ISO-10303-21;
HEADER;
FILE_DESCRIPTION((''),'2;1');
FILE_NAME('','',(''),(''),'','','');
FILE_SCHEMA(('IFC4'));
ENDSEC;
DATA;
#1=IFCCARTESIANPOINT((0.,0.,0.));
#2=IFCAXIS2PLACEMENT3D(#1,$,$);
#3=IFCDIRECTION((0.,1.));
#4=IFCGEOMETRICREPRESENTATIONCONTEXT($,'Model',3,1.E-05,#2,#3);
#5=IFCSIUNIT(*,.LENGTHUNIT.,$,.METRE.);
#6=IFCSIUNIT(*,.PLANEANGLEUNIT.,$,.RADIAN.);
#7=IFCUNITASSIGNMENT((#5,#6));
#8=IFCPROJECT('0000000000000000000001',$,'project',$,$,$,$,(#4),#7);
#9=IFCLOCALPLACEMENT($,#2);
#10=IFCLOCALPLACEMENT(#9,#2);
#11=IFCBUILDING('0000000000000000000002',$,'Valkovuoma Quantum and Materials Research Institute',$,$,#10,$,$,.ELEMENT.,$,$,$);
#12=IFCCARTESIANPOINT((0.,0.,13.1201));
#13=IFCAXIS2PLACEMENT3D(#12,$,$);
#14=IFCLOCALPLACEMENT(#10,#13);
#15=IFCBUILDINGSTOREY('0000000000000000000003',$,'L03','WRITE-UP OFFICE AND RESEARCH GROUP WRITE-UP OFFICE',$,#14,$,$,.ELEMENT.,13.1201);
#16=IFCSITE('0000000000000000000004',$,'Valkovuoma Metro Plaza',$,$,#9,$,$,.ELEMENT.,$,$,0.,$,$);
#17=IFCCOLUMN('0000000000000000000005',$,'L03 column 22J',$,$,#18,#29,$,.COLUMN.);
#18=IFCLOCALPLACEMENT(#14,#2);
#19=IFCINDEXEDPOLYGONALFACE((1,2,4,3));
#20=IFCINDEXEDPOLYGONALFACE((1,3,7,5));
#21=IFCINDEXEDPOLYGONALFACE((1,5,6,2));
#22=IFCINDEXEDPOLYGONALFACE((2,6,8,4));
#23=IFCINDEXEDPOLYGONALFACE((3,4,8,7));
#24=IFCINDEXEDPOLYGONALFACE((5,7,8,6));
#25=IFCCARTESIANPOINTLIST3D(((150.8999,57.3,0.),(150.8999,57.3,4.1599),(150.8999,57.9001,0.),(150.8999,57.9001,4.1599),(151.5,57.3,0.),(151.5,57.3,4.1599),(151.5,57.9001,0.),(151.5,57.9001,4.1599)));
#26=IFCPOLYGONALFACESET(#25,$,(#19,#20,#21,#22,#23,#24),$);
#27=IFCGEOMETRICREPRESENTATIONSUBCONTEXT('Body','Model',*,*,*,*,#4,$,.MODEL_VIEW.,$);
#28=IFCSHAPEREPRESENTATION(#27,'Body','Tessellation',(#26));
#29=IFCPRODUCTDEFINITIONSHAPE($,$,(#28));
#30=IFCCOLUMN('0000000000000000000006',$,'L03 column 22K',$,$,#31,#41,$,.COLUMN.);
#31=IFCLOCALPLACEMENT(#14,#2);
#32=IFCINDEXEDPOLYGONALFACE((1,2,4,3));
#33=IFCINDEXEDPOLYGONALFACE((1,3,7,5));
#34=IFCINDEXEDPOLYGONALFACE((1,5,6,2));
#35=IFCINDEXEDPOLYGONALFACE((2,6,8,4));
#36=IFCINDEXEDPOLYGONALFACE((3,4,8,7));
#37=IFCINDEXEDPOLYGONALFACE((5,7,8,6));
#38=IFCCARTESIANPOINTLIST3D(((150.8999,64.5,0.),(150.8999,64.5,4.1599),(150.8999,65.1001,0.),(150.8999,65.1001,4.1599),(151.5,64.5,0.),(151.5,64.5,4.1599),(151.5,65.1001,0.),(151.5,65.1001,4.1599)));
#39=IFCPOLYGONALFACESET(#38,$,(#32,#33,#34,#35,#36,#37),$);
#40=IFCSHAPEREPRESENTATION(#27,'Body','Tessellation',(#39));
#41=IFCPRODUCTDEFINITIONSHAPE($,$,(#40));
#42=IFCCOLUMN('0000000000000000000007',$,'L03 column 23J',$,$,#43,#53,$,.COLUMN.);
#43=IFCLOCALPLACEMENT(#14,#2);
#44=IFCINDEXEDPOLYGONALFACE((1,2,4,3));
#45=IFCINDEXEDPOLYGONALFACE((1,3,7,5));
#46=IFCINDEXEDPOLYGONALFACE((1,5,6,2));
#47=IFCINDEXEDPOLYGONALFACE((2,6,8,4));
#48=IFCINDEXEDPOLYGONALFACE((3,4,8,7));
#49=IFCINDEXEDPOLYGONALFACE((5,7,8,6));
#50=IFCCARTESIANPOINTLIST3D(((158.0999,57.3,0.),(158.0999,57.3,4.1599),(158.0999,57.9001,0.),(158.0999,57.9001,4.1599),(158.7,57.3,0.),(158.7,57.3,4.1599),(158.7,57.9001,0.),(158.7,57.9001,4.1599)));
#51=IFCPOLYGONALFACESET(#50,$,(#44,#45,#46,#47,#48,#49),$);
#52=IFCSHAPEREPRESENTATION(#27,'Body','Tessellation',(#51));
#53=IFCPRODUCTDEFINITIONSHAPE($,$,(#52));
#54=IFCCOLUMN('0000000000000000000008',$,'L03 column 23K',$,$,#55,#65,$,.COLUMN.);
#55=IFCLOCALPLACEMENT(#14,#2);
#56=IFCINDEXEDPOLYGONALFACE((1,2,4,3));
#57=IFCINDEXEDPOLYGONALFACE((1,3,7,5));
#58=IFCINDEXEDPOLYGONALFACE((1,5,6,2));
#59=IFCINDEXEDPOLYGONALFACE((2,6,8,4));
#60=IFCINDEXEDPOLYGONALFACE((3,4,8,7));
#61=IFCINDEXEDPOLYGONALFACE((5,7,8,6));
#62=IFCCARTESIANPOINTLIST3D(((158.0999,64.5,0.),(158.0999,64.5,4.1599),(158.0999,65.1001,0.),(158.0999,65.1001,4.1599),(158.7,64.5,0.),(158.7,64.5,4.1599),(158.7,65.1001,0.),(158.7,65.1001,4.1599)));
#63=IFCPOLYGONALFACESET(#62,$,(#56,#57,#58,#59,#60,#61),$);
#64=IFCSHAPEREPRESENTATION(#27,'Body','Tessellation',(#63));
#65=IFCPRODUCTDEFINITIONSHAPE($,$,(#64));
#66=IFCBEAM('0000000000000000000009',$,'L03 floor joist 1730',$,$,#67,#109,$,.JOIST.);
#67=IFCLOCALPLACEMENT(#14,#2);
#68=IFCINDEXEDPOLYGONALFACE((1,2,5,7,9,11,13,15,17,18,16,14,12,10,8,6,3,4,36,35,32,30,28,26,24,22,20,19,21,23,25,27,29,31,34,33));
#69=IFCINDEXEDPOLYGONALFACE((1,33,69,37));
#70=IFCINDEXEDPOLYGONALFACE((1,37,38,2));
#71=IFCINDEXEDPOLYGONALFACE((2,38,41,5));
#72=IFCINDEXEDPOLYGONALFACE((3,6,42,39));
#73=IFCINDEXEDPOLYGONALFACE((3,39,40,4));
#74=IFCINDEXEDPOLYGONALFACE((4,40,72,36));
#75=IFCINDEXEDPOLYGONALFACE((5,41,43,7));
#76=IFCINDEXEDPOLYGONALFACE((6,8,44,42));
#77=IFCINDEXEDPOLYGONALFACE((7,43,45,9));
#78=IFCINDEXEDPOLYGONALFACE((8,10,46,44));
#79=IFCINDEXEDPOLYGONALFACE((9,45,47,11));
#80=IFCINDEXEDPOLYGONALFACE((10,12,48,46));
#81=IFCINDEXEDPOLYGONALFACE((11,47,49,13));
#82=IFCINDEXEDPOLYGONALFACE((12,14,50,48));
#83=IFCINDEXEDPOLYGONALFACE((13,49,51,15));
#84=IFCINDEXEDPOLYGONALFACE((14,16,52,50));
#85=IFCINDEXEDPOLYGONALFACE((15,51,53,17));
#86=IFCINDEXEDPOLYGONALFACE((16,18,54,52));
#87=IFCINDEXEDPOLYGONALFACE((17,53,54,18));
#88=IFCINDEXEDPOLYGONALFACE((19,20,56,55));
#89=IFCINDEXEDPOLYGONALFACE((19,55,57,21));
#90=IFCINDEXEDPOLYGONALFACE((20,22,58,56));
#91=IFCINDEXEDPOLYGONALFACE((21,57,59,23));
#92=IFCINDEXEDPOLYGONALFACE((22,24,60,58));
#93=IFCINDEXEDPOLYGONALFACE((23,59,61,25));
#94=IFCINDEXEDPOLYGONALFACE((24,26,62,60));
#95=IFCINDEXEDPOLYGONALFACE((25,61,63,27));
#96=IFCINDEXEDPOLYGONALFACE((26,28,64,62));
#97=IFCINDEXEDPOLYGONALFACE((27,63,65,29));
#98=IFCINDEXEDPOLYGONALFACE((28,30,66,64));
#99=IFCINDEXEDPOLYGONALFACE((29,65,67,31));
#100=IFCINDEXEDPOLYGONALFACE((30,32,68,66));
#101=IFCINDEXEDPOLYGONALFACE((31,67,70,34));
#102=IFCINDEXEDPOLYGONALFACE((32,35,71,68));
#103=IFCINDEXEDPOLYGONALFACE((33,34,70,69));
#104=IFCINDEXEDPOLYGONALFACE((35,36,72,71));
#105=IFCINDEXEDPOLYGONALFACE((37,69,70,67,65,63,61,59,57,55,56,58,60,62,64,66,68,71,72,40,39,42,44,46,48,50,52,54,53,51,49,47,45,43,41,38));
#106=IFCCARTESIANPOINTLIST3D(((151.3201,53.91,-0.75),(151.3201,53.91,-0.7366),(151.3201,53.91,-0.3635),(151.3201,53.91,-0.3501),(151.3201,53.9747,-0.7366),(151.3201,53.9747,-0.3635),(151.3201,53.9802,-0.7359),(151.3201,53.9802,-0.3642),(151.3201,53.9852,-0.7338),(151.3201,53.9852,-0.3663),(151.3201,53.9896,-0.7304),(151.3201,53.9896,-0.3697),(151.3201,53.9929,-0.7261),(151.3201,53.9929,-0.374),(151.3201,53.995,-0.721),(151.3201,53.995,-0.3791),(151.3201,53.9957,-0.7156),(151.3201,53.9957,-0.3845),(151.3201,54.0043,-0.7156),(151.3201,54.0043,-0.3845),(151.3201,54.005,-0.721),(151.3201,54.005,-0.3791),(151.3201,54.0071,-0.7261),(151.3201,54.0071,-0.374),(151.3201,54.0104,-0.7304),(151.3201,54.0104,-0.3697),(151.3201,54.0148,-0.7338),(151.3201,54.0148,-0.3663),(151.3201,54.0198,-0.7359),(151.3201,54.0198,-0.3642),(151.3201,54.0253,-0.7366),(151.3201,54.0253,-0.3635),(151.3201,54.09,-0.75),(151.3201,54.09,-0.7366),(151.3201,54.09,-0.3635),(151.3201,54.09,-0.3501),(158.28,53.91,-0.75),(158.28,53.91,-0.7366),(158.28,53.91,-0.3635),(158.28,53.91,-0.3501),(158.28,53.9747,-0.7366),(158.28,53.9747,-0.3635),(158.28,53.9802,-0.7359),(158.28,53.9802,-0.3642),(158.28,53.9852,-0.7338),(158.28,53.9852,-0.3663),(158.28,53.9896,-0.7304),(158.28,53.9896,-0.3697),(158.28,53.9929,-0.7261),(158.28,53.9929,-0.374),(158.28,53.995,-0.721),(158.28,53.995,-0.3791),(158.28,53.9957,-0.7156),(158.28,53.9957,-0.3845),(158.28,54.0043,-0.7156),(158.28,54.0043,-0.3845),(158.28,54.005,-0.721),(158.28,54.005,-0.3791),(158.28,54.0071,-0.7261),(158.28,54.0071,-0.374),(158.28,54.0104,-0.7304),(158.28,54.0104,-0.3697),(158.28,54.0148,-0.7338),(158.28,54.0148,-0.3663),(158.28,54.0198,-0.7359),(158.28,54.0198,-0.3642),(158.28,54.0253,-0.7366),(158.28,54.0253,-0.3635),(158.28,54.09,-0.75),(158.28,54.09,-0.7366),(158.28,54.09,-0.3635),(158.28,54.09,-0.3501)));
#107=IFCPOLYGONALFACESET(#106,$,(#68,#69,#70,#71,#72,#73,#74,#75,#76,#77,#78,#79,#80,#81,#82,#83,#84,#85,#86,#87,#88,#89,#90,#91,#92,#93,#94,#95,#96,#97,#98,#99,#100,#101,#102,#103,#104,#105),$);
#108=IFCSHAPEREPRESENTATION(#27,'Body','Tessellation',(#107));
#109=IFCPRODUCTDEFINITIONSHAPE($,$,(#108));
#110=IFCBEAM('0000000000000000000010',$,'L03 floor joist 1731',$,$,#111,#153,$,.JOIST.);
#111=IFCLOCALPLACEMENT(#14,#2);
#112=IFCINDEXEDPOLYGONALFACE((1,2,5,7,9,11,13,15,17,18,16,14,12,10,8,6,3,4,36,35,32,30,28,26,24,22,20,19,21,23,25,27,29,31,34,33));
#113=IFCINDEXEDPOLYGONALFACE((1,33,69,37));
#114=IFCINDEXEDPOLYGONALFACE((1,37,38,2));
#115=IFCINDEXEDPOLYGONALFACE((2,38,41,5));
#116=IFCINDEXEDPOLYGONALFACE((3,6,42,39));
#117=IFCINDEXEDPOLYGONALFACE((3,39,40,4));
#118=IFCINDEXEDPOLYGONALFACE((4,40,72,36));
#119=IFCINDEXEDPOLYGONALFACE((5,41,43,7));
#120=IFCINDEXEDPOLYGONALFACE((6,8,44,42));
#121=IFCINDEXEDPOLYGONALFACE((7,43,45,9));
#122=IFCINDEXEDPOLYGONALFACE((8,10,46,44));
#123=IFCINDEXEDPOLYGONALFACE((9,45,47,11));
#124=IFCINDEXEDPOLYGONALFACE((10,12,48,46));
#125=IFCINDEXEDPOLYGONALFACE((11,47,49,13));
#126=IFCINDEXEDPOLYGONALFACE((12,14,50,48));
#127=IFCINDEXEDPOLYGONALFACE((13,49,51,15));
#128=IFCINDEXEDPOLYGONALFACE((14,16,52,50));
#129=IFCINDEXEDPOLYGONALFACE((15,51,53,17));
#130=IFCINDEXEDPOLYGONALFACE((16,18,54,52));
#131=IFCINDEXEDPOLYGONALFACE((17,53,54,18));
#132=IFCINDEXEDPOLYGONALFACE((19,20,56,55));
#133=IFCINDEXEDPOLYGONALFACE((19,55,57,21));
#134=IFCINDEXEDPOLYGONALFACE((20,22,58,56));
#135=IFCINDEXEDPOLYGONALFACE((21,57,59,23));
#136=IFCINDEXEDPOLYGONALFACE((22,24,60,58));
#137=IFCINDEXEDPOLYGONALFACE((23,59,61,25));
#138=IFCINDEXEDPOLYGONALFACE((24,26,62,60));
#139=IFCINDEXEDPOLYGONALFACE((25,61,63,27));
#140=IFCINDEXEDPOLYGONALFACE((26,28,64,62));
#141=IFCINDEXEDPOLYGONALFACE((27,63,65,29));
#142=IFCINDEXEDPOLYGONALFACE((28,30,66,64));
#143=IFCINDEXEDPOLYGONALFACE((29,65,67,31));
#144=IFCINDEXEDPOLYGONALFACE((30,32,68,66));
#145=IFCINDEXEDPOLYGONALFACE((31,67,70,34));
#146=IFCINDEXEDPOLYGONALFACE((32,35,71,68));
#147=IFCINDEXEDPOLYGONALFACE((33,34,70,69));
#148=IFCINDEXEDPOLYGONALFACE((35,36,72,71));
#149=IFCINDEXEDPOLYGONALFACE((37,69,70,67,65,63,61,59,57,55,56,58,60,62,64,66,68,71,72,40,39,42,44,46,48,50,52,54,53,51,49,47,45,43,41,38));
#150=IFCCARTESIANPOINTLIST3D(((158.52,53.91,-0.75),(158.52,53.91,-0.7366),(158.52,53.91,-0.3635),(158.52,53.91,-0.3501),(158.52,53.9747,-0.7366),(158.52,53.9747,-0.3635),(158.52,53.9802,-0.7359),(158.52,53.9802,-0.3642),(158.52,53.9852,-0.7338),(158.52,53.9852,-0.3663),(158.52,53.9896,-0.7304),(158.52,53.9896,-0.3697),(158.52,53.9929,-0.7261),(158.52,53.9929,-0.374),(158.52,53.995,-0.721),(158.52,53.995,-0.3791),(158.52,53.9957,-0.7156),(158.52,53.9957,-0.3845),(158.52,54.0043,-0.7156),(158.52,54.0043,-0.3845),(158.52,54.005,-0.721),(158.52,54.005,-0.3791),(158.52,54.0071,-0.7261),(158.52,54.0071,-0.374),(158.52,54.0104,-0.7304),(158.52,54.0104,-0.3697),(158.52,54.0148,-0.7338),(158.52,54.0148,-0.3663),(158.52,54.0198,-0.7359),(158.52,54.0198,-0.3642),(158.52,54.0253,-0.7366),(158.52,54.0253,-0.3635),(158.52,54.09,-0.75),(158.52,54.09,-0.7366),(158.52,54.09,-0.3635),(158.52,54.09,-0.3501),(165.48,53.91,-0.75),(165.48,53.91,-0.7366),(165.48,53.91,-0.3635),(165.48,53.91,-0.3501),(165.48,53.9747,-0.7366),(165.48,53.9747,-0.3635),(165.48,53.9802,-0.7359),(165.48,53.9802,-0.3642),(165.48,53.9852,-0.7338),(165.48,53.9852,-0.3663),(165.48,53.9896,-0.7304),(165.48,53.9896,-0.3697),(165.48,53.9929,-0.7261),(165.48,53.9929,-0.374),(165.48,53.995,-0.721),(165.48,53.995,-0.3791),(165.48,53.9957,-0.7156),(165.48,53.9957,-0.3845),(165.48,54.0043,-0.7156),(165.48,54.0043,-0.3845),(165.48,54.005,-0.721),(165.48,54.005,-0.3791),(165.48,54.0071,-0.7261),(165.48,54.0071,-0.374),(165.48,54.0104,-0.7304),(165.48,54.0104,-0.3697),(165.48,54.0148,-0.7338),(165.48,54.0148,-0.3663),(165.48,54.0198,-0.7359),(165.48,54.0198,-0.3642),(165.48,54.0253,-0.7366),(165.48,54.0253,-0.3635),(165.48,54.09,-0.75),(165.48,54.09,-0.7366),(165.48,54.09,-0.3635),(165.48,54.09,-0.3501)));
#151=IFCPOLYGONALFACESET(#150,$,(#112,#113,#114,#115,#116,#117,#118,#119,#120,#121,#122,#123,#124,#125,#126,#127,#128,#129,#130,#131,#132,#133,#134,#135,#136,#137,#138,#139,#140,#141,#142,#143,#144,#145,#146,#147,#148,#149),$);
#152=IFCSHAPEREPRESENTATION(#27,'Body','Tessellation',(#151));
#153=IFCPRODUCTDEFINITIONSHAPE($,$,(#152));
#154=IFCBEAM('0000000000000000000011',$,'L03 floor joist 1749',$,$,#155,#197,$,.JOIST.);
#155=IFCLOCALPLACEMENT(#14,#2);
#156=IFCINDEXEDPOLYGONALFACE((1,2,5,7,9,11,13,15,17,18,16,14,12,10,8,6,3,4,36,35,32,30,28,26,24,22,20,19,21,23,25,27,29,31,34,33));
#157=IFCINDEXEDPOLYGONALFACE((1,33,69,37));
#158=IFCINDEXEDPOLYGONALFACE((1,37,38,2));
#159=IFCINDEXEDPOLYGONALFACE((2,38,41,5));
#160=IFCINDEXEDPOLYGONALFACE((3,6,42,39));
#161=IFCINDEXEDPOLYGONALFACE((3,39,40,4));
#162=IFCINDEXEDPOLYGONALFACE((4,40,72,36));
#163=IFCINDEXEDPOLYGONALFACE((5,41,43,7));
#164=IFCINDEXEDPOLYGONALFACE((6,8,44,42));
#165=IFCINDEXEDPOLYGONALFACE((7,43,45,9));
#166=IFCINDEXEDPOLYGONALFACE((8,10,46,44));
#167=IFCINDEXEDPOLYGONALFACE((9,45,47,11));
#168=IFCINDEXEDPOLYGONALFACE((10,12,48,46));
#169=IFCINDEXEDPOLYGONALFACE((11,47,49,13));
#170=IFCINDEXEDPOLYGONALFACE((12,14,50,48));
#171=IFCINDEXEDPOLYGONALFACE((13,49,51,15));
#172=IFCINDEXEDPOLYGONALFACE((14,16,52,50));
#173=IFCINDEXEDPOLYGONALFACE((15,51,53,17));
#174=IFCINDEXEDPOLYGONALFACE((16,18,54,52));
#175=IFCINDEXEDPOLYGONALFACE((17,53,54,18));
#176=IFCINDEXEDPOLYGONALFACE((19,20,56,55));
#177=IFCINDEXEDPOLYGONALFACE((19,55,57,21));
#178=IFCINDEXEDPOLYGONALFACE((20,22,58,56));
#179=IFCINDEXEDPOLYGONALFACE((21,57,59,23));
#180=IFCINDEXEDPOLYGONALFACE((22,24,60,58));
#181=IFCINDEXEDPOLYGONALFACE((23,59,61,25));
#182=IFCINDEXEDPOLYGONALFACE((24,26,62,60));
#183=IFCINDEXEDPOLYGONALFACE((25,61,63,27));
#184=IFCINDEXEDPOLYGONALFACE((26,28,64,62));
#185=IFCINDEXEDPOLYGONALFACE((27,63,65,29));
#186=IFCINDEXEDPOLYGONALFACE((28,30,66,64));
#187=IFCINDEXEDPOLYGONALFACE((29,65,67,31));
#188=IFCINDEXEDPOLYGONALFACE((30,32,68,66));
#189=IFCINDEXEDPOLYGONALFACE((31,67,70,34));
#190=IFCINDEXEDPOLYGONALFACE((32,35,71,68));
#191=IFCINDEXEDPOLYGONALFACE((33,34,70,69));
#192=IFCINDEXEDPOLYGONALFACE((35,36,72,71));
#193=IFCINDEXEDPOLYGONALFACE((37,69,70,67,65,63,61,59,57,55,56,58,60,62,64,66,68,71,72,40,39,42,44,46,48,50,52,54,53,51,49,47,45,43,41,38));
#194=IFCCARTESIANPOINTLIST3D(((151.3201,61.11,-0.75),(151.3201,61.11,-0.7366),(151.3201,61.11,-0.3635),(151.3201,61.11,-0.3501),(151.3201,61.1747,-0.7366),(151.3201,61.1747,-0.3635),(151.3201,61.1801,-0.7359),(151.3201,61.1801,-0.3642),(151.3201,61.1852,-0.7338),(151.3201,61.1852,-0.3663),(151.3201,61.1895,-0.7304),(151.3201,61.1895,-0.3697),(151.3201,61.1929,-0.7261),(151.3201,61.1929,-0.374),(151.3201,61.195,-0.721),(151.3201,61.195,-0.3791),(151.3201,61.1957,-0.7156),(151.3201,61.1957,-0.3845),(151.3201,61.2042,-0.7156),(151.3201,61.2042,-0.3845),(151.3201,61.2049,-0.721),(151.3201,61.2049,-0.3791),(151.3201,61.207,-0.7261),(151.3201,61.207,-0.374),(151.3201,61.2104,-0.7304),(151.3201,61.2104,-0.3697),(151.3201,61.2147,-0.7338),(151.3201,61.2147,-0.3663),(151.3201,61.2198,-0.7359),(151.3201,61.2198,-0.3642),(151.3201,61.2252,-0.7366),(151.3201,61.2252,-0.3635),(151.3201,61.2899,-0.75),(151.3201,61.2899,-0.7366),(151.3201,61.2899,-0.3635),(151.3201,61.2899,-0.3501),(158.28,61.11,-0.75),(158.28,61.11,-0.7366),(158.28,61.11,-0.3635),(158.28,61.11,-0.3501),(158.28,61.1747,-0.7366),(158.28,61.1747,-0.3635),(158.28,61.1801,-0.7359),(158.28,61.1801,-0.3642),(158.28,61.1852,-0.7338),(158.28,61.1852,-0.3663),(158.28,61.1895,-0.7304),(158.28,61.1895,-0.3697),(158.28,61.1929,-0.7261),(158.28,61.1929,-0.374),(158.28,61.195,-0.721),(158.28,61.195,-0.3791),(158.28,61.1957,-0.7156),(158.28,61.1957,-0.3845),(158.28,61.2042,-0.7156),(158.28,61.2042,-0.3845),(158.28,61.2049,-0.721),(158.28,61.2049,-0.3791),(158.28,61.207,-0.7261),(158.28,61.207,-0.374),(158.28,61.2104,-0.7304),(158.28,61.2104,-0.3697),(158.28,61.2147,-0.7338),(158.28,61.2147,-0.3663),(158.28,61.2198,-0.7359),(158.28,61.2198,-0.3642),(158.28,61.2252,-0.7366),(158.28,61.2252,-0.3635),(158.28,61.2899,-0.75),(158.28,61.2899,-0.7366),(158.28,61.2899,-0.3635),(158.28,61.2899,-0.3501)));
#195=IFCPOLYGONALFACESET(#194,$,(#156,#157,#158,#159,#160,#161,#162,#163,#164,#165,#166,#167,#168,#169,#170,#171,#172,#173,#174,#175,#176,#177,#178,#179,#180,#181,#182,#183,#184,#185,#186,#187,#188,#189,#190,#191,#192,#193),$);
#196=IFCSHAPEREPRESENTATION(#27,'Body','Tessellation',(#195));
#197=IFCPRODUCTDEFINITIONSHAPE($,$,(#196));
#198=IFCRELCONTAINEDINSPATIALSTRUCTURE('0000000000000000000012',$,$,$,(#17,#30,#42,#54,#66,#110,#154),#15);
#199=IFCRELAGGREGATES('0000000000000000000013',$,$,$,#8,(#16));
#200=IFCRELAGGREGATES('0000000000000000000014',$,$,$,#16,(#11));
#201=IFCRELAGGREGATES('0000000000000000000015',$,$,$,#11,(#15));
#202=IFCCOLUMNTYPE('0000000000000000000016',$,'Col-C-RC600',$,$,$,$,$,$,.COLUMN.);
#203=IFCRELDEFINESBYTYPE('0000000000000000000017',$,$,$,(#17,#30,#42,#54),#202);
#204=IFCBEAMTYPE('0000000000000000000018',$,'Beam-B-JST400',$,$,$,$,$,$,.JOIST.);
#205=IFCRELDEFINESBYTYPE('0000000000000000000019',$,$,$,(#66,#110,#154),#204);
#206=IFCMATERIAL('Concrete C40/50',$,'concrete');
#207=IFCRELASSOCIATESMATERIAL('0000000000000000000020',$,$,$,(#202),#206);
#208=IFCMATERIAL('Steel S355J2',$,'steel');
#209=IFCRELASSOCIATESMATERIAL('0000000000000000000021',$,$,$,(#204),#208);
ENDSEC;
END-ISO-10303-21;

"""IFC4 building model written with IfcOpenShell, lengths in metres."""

from ifc_helpers import new_model, si_unit, direction, frame, origin, origin_2d, place, context, subcontext, project, spatial, rectangle, i_section, extrude, material, material_profile, profile_set, type_object, element, save


model = new_model("IFC4")

# Units and contexts
model_context = context("Model", 3, precision=1e-05, world=origin(), true_north=direction((0.0, 1.0)))
body_context = subcontext(model_context, "Body", "Model", "MODEL_VIEW")
ifc_project = project(units=[si_unit("LENGTHUNIT", "METRE"), si_unit("PLANEANGLEUNIT", "RADIAN")], contexts=[model_context])

# Site, building, storey
site_placement = place(None, origin())
site = spatial("IfcSite", under=ifc_project, at=site_placement, Name="Valkovuoma Metro Plaza", CompositionType="ELEMENT", RefElevation=0.0)
building_placement = place(site_placement, origin())
building = spatial("IfcBuilding", under=site, at=building_placement, Name="Valkovuoma Quantum and Materials Research Institute", CompositionType="ELEMENT")
storey_placement = place(building_placement, frame((0.0, 0.0, 13.1201)))
storey = spatial("IfcBuildingStorey", under=building, at=storey_placement, Name="L03", Description="WRITE-UP OFFICE AND RESEARCH GROUP WRITE-UP OFFICE", CompositionType="ELEMENT", Elevation=13.1201)

# Columns
ifc_material_1 = material(Name="Concrete C40/50", Category="concrete")
ifc_material_profile_1 = material_profile(ifc_material_1, rectangle(XDim=0.6001, YDim=0.6001, at=origin_2d()), Name="Concrete C40/50")
ifc_profile_set_1 = profile_set([ifc_material_profile_1], Name="Concrete C40/50")
column_type = type_object("IfcColumnType", Name="Col-C-RC600", PredefinedType="COLUMN", material=ifc_profile_set_1)
for number, where, z_axis, x_axis, name in (
    (1, (151.2, 57.6001, 0.0), (0.0, 0.0, 1.0), (1.0, 0.0, 0.0), "L03 column 22J"),
    (2, (151.2, 64.8, 0.0), (0.0, 0.0, 1.0), (1.0, 0.0, 0.0), "L03 column 22K"),
    (3, (158.3999, 57.6001, 0.0), (0.0, 0.0, 1.0), (1.0, 0.0, 0.0), "L03 column 23J"),
    (4, (158.3999, 64.8, 0.0), (0.0, 0.0, 1.0), (1.0, 0.0, 0.0), "L03 column 23K"),
):
    element("IfcColumn", number, at=place(storey_placement, frame(where, z_axis=z_axis, x_axis=x_axis)), inside=storey, type_object=column_type, Name=name, PredefinedType="COLUMN", context=body_context, shape_type="SweptSolid", body=[
        extrude(rectangle(XDim=0.6001, YDim=0.6001, at=origin_2d()), origin(), (0.0, 0.0, 1.0), 4.1599),
    ])

# Beams
ifc_material_2 = material(Name="Steel S355J2", Category="steel")
ifc_material_profile_2 = material_profile(ifc_material_2, i_section(OverallWidth=0.1799, OverallDepth=0.3999, WebThickness=0.0085, FlangeThickness=0.0134, FilletRadius=0.021, at=origin_2d()), Name="Steel S355J2")
ifc_profile_set_2 = profile_set([ifc_material_profile_2], Name="Steel S355J2")
beam_type_1 = type_object("IfcBeamType", Name="Beam-B-JST400", PredefinedType="JOIST", material=ifc_profile_set_2)
for number, where, z_axis, x_axis, name in (
    (5, (151.3201, 54.0, -0.55), (1.0, 0.0, 0.0), (0.0, 1.0, 0.0), "L03 floor joist 1730"),
    (6, (158.52, 54.0, -0.55), (1.0, 0.0, 0.0), (0.0, 1.0, 0.0), "L03 floor joist 1731"),
    (7, (151.3201, 61.2, -0.55), (1.0, 0.0, 0.0), (0.0, 1.0, 0.0), "L03 floor joist 1749"),
):
    element("IfcBeam", number, at=place(storey_placement, frame(where, z_axis=z_axis, x_axis=x_axis)), inside=storey, type_object=beam_type_1, Name=name, PredefinedType="JOIST", context=body_context, shape_type="SweptSolid", body=[
        extrude(i_section(OverallWidth=0.1799, OverallDepth=0.3999, WebThickness=0.0085, FlangeThickness=0.0134, FilletRadius=0.021, at=origin_2d()), origin(), (0.0, 0.0, 1.0), 6.96),
    ])

save(model, "model.ifc")
